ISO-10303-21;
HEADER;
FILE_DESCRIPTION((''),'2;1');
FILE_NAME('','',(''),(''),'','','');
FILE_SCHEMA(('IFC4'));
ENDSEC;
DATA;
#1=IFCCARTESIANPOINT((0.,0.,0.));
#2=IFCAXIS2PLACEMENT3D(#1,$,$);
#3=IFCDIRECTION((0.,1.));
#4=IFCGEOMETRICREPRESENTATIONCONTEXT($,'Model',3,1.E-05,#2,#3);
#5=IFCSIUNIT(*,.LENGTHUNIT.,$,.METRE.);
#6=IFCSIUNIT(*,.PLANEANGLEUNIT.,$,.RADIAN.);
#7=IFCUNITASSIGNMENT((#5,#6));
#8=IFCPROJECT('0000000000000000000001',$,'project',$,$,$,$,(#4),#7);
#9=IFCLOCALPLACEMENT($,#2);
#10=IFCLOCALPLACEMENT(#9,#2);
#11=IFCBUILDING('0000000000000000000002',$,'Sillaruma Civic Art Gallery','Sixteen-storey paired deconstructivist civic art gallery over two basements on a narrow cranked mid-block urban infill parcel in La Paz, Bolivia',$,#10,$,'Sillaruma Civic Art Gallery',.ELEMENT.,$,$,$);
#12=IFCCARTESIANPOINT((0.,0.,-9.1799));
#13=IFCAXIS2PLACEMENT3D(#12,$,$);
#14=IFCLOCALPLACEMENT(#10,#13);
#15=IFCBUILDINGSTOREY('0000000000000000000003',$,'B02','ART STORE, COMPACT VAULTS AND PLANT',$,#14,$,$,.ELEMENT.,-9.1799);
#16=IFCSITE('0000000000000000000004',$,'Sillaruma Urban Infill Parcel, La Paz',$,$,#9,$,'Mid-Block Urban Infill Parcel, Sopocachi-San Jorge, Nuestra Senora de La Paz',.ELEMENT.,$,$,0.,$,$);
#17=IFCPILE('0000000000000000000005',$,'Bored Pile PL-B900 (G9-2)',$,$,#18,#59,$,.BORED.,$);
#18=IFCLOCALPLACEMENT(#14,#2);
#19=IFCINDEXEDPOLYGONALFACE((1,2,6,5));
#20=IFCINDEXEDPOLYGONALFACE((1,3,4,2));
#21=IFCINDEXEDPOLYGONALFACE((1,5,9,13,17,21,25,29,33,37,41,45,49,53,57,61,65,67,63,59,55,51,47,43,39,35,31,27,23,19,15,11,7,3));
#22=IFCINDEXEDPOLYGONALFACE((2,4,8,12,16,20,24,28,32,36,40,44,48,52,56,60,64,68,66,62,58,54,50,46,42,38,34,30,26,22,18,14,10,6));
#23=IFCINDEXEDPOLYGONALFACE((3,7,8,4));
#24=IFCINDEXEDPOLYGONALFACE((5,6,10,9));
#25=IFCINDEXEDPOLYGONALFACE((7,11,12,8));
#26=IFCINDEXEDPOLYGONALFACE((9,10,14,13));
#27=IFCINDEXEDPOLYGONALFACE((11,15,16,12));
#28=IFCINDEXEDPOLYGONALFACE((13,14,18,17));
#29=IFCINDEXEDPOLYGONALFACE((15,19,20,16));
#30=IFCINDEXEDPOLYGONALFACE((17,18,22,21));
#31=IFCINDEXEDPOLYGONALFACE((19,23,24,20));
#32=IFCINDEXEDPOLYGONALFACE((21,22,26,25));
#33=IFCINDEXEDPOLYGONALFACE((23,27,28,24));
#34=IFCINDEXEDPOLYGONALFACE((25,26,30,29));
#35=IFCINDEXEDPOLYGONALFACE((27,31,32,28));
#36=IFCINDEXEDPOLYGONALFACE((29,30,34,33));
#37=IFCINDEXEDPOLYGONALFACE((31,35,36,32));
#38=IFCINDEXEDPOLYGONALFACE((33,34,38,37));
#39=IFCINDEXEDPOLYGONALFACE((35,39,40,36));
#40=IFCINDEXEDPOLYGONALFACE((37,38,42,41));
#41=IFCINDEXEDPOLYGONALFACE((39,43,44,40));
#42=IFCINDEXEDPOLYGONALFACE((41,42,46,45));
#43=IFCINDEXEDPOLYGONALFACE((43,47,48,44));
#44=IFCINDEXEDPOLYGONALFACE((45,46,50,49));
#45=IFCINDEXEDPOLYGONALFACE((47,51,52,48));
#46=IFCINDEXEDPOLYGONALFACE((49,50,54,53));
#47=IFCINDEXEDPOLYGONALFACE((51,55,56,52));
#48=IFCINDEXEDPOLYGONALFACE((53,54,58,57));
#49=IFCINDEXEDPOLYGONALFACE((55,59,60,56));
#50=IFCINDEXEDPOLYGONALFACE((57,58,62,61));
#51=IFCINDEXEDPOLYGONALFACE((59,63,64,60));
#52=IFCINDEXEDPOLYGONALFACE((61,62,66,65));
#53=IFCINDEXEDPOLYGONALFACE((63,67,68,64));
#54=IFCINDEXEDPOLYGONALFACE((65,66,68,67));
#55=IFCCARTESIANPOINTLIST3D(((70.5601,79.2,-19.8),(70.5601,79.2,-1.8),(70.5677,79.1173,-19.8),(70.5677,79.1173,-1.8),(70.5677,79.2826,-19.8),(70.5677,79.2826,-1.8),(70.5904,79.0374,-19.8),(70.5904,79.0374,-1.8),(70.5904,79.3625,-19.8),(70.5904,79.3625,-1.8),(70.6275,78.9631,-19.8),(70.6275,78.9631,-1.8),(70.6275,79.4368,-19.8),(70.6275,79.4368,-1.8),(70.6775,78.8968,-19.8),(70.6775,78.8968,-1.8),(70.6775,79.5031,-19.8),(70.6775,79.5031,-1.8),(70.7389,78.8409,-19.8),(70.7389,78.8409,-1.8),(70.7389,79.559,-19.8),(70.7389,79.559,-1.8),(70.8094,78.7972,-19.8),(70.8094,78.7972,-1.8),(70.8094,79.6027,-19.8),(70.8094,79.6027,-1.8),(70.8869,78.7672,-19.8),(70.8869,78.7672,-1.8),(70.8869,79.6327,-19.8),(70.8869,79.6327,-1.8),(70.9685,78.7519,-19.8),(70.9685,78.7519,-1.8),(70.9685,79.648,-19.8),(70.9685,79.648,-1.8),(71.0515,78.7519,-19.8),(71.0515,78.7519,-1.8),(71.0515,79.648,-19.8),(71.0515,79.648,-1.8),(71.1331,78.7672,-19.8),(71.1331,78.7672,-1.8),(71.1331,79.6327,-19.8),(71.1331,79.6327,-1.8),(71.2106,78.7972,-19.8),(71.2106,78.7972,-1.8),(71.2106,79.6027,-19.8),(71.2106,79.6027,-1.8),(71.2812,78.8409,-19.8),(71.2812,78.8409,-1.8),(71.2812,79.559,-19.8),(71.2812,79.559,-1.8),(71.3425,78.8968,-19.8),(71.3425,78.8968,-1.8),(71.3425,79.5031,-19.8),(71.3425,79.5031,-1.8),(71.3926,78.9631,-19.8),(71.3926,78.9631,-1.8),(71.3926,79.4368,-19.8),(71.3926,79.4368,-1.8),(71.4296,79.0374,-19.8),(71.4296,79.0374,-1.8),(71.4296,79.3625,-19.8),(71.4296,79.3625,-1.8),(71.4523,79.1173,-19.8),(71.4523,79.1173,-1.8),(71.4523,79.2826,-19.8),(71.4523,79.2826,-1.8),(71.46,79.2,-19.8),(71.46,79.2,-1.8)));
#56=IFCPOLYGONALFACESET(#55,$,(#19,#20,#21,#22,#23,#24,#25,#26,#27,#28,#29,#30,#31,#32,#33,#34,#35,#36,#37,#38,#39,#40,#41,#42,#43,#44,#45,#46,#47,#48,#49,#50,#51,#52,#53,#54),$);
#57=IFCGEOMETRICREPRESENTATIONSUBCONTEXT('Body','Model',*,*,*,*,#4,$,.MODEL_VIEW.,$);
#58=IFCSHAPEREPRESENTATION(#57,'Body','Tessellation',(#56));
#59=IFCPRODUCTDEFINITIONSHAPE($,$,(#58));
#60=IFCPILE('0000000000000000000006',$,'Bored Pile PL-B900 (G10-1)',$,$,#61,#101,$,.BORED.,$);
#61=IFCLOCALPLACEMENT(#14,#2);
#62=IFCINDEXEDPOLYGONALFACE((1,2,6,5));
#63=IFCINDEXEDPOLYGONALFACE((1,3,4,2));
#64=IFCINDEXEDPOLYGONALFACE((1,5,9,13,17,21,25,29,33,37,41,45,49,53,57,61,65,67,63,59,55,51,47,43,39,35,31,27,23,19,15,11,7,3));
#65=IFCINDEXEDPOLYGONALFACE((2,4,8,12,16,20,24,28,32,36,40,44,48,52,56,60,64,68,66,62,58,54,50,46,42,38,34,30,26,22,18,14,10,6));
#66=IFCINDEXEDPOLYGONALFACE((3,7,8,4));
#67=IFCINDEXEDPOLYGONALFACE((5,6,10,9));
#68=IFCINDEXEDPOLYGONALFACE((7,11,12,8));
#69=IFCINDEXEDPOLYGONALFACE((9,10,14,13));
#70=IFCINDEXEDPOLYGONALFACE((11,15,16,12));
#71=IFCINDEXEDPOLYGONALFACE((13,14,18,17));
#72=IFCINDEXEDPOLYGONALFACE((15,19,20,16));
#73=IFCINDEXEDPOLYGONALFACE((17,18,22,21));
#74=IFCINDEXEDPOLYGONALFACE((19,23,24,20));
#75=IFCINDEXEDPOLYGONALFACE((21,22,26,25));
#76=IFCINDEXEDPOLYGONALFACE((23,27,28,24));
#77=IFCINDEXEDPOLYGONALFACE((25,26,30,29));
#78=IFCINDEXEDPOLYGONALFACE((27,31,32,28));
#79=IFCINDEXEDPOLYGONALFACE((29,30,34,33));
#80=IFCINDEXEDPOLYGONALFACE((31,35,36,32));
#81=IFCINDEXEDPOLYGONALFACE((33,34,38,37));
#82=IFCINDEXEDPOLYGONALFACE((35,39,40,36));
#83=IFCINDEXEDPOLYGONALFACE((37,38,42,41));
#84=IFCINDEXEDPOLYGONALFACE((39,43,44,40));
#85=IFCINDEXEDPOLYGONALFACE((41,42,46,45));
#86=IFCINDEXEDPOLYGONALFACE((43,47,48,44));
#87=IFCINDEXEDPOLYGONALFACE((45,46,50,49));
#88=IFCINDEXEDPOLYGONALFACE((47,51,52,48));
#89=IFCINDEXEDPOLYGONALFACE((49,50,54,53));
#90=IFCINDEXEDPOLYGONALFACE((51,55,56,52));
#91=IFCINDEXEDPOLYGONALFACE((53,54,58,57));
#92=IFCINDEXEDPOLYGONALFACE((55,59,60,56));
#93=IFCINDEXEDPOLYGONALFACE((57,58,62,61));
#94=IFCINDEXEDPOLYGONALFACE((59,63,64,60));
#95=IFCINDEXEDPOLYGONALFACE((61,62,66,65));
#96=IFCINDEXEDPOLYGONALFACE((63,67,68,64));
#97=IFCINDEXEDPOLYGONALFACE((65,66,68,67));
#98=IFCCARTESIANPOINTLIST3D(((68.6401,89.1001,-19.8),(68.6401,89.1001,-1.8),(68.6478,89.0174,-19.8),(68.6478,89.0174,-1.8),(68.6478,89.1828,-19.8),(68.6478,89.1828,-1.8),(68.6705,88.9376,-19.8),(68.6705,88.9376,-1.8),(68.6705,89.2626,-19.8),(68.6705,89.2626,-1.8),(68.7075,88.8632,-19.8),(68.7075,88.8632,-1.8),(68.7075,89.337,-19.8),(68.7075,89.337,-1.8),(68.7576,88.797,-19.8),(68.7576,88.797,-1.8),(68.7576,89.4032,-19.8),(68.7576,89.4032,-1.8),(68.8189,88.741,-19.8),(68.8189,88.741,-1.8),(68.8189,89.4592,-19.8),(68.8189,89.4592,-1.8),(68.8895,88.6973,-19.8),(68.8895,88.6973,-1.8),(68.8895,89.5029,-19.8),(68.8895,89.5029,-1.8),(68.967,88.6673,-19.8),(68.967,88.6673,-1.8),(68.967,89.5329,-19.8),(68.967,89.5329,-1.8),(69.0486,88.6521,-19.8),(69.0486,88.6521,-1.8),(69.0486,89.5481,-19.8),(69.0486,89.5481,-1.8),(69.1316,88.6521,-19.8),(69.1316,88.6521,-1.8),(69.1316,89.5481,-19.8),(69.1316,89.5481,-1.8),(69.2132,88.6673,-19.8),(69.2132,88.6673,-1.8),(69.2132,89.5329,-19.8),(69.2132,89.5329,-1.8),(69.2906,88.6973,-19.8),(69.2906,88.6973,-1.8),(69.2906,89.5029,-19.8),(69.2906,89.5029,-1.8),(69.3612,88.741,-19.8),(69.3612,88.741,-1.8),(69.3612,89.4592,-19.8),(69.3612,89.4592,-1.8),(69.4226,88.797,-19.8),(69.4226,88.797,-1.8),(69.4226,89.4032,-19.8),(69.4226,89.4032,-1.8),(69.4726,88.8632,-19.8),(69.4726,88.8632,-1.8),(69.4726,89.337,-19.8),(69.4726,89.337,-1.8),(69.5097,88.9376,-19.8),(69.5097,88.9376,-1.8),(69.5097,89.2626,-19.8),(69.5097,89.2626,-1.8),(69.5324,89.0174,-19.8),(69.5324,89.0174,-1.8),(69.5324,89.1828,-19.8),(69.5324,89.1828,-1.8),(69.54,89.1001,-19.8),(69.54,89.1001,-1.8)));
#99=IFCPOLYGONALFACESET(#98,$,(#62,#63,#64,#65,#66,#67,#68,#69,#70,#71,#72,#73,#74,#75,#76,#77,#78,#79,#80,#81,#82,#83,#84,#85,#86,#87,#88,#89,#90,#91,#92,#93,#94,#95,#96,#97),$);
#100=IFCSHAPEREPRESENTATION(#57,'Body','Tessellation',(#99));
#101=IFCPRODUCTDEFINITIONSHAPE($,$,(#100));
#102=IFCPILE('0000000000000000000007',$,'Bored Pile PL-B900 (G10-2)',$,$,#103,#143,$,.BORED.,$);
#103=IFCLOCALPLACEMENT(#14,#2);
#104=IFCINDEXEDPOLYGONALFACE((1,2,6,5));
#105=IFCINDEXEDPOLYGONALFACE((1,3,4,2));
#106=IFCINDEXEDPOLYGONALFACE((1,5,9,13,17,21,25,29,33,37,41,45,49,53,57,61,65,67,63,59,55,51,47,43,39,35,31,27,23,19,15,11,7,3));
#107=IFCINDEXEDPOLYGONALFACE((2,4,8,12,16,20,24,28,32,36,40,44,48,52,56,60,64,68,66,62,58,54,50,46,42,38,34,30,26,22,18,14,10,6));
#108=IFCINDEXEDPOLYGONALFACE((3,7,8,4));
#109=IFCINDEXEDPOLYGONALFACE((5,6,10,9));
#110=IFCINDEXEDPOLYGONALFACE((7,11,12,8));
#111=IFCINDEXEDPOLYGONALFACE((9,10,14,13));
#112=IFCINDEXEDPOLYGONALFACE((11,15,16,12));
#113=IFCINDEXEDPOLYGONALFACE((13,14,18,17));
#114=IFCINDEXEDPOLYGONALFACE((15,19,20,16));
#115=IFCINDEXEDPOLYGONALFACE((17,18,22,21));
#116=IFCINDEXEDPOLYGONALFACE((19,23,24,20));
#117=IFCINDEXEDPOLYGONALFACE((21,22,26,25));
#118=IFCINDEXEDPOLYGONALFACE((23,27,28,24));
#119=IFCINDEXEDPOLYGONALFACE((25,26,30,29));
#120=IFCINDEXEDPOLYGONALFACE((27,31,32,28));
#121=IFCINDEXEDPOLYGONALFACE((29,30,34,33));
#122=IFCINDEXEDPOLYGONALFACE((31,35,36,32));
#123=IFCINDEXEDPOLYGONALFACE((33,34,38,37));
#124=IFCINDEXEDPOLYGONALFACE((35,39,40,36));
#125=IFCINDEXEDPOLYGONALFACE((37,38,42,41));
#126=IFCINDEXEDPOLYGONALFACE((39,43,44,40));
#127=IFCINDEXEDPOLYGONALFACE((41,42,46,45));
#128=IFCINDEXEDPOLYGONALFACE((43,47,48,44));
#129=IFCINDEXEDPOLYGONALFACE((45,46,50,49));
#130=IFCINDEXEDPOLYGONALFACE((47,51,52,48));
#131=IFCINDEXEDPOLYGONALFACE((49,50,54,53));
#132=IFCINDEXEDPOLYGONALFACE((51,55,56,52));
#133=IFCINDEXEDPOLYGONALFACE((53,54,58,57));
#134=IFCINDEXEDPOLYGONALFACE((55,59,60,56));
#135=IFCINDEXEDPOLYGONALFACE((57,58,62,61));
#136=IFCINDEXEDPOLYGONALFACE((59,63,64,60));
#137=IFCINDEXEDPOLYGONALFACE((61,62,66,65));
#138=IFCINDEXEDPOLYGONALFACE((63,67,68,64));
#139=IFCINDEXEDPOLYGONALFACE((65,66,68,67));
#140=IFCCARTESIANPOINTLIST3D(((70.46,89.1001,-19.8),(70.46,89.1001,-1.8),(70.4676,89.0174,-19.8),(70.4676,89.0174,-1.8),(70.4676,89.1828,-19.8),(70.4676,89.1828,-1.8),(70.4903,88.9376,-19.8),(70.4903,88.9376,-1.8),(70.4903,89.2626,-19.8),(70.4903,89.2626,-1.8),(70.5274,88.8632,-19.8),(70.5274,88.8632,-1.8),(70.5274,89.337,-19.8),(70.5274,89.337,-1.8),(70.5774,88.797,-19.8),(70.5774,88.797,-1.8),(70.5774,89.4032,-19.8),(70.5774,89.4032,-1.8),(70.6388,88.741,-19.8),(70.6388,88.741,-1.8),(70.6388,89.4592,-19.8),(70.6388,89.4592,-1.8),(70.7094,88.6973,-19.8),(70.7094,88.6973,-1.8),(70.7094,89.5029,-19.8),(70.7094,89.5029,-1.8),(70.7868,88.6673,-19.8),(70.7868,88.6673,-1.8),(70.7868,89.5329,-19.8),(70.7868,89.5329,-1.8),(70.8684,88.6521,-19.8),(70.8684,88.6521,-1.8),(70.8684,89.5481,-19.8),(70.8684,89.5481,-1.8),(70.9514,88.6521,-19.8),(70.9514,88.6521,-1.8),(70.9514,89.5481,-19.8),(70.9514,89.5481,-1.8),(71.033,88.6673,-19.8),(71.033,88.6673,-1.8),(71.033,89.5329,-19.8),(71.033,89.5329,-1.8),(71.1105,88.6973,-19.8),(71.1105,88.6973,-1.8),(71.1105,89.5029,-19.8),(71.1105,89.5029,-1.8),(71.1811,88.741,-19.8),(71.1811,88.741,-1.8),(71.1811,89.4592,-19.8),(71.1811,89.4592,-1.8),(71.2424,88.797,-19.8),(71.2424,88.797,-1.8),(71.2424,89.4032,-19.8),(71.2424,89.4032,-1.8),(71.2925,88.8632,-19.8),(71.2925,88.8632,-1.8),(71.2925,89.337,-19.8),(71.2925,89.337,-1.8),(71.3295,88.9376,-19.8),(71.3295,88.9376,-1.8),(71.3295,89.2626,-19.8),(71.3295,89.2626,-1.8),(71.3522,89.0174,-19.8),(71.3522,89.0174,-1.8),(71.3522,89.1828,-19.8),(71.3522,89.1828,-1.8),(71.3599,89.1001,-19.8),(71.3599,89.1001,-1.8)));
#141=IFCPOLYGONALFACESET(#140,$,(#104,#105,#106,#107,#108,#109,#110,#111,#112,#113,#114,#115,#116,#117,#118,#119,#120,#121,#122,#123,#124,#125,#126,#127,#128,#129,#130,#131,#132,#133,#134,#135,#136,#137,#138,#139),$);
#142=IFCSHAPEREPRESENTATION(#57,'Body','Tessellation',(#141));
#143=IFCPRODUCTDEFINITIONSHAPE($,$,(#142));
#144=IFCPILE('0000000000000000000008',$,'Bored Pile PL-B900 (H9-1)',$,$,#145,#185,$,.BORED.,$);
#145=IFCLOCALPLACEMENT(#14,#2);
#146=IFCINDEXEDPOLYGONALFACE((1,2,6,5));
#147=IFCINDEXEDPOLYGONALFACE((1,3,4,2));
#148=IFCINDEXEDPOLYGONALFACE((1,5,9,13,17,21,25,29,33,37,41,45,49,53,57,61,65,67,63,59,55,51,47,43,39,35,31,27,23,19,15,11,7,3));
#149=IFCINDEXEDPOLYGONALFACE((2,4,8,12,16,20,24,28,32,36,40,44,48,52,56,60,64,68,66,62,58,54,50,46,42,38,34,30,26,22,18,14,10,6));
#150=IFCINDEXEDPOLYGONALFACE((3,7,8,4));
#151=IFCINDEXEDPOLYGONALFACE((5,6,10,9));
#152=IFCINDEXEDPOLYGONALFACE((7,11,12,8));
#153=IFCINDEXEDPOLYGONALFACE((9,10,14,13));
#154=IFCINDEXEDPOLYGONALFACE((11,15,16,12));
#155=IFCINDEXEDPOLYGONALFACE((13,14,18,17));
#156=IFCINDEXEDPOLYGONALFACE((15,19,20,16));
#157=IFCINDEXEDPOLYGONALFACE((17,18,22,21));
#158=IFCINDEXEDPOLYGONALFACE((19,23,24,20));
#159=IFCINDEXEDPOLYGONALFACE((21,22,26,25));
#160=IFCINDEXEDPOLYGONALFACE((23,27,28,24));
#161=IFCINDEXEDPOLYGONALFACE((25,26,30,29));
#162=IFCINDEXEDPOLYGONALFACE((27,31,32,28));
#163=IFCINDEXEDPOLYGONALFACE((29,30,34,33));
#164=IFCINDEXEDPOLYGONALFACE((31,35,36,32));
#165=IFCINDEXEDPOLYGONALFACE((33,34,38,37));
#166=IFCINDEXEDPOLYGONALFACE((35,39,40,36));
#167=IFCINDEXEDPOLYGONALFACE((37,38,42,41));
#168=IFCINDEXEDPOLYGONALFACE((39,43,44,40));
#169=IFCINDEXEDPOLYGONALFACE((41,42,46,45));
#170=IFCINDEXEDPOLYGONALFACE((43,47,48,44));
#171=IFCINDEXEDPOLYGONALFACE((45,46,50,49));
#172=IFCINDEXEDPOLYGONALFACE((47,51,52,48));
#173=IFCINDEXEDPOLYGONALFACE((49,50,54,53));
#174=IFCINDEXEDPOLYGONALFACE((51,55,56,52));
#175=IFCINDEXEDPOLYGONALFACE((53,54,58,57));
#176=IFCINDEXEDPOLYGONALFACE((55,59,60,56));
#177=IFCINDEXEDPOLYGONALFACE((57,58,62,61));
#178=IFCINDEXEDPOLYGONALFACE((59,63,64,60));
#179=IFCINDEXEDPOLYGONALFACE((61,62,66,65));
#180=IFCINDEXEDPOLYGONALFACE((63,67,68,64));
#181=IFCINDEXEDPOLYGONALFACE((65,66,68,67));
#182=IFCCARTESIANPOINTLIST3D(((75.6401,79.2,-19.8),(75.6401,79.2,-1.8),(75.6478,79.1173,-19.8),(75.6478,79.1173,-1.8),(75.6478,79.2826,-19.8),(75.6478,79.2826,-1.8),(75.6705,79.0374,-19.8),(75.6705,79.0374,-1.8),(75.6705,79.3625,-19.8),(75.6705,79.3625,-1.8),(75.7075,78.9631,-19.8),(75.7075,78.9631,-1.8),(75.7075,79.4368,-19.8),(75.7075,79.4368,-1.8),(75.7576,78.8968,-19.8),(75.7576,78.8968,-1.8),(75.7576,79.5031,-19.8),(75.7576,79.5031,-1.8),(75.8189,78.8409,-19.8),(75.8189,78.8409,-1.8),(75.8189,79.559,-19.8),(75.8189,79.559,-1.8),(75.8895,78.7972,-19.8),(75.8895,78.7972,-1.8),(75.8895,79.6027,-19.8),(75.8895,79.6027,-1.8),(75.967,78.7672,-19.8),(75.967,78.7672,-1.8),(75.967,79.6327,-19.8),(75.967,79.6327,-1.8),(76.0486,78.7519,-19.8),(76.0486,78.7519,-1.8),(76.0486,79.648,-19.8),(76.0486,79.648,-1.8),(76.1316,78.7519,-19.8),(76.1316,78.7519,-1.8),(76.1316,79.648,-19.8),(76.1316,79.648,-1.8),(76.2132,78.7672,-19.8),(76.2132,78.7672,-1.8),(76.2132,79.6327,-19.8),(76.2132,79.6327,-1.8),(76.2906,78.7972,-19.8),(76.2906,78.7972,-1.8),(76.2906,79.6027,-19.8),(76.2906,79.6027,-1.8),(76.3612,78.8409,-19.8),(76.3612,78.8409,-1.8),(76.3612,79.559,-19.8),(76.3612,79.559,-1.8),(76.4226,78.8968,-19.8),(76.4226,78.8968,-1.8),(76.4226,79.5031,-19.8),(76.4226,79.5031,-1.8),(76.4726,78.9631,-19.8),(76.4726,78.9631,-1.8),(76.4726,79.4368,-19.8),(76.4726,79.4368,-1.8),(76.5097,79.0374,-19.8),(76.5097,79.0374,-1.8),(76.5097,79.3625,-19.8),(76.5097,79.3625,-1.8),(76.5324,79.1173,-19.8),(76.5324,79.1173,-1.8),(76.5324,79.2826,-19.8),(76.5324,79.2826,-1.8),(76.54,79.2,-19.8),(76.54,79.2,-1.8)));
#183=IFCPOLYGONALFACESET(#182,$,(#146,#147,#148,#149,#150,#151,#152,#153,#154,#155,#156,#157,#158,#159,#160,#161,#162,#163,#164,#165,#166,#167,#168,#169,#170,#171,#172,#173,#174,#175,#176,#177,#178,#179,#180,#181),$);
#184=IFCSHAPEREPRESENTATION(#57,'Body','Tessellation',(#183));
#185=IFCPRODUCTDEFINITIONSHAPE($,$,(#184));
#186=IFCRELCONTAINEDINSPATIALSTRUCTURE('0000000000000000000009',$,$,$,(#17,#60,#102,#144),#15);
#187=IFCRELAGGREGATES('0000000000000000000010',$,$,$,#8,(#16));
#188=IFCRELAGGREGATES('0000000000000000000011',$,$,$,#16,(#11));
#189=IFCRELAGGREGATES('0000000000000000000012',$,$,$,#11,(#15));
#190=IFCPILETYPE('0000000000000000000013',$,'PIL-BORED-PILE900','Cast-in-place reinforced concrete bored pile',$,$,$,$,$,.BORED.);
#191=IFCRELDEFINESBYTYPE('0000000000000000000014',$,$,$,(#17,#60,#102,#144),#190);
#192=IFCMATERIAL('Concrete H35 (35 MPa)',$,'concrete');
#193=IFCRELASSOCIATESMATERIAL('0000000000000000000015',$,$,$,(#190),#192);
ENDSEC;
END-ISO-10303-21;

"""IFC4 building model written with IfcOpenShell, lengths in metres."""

from ifc_helpers import new_model, si_unit, direction, frame, origin, origin_2d, place, context, subcontext, project, spatial, circle, extrude, material, material_profile, profile_set, type_object, element, save


model = new_model("IFC4")

# Units and contexts
model_context = context("Model", 3, precision=1e-05, world=origin(), true_north=direction((0.0, 1.0)))
body_context = subcontext(model_context, "Body", "Model", "MODEL_VIEW")
ifc_project = project(units=[si_unit("LENGTHUNIT", "METRE"), si_unit("PLANEANGLEUNIT", "RADIAN")], contexts=[model_context])

# Site, building, storey
site_placement = place(None, origin())
site = spatial("IfcSite", under=ifc_project, at=site_placement, Name="Sillaruma Urban Infill Parcel, La Paz", LongName="Mid-Block Urban Infill Parcel, Sopocachi-San Jorge, Nuestra Senora de La Paz", CompositionType="ELEMENT", RefElevation=0.0)
building_placement = place(site_placement, origin())
building = spatial("IfcBuilding", under=site, at=building_placement, Name="Sillaruma Civic Art Gallery", Description="Sixteen-storey paired deconstructivist civic art gallery over two basements on a narrow cranked mid-block urban infill parcel in La Paz, Bolivia", LongName="Sillaruma Civic Art Gallery", CompositionType="ELEMENT")
storey_placement = place(building_placement, frame((0.0, 0.0, -9.1799)))
storey = spatial("IfcBuildingStorey", under=building, at=storey_placement, Name="B02", Description="ART STORE, COMPACT VAULTS AND PLANT", CompositionType="ELEMENT", Elevation=-9.1799)

# Shared definitions
ifc_material_1 = material(Name="Concrete H35 (35 MPa)", Category="concrete")

# Piles
ifc_material_profile_1 = material_profile(ifc_material_1, circle(Radius=0.45, at=origin_2d()), Name="PILE900")
ifc_profile_set_1 = profile_set([ifc_material_profile_1], Name="Concrete H35 (35 MPa)")
pile_type_1 = type_object("IfcPileType", Name="PIL-BORED-PILE900", Description="Cast-in-place reinforced concrete bored pile", PredefinedType="BORED", material=ifc_profile_set_1)
for number, where, z_axis, x_axis, name in (
    (1, (71.01, 79.2, -1.8), (0.0, 0.0, -1.0), (1.0, 0.0, 0.0), "Bored Pile PL-B900 (G9-2)"),
    (2, (69.0901, 89.1001, -1.8), (0.0, 0.0, -1.0), (1.0, 0.0, 0.0), "Bored Pile PL-B900 (G10-1)"),
    (3, (70.9099, 89.1001, -1.8), (0.0, 0.0, -1.0), (1.0, 0.0, 0.0), "Bored Pile PL-B900 (G10-2)"),
    (4, (76.0901, 79.2, -1.8), (0.0, 0.0, -1.0), (1.0, 0.0, 0.0), "Bored Pile PL-B900 (H9-1)"),
):
    element("IfcPile", number, at=place(storey_placement, frame(where, z_axis=z_axis, x_axis=x_axis)), inside=storey, type_object=pile_type_1, Name=name, PredefinedType="BORED", context=body_context, shape_type="SweptSolid", body=[
        extrude(circle(Radius=0.45, at=origin_2d()), origin(), (0.0, 0.0, 1.0), 18.0),
    ])

save(model, "model.ifc")
